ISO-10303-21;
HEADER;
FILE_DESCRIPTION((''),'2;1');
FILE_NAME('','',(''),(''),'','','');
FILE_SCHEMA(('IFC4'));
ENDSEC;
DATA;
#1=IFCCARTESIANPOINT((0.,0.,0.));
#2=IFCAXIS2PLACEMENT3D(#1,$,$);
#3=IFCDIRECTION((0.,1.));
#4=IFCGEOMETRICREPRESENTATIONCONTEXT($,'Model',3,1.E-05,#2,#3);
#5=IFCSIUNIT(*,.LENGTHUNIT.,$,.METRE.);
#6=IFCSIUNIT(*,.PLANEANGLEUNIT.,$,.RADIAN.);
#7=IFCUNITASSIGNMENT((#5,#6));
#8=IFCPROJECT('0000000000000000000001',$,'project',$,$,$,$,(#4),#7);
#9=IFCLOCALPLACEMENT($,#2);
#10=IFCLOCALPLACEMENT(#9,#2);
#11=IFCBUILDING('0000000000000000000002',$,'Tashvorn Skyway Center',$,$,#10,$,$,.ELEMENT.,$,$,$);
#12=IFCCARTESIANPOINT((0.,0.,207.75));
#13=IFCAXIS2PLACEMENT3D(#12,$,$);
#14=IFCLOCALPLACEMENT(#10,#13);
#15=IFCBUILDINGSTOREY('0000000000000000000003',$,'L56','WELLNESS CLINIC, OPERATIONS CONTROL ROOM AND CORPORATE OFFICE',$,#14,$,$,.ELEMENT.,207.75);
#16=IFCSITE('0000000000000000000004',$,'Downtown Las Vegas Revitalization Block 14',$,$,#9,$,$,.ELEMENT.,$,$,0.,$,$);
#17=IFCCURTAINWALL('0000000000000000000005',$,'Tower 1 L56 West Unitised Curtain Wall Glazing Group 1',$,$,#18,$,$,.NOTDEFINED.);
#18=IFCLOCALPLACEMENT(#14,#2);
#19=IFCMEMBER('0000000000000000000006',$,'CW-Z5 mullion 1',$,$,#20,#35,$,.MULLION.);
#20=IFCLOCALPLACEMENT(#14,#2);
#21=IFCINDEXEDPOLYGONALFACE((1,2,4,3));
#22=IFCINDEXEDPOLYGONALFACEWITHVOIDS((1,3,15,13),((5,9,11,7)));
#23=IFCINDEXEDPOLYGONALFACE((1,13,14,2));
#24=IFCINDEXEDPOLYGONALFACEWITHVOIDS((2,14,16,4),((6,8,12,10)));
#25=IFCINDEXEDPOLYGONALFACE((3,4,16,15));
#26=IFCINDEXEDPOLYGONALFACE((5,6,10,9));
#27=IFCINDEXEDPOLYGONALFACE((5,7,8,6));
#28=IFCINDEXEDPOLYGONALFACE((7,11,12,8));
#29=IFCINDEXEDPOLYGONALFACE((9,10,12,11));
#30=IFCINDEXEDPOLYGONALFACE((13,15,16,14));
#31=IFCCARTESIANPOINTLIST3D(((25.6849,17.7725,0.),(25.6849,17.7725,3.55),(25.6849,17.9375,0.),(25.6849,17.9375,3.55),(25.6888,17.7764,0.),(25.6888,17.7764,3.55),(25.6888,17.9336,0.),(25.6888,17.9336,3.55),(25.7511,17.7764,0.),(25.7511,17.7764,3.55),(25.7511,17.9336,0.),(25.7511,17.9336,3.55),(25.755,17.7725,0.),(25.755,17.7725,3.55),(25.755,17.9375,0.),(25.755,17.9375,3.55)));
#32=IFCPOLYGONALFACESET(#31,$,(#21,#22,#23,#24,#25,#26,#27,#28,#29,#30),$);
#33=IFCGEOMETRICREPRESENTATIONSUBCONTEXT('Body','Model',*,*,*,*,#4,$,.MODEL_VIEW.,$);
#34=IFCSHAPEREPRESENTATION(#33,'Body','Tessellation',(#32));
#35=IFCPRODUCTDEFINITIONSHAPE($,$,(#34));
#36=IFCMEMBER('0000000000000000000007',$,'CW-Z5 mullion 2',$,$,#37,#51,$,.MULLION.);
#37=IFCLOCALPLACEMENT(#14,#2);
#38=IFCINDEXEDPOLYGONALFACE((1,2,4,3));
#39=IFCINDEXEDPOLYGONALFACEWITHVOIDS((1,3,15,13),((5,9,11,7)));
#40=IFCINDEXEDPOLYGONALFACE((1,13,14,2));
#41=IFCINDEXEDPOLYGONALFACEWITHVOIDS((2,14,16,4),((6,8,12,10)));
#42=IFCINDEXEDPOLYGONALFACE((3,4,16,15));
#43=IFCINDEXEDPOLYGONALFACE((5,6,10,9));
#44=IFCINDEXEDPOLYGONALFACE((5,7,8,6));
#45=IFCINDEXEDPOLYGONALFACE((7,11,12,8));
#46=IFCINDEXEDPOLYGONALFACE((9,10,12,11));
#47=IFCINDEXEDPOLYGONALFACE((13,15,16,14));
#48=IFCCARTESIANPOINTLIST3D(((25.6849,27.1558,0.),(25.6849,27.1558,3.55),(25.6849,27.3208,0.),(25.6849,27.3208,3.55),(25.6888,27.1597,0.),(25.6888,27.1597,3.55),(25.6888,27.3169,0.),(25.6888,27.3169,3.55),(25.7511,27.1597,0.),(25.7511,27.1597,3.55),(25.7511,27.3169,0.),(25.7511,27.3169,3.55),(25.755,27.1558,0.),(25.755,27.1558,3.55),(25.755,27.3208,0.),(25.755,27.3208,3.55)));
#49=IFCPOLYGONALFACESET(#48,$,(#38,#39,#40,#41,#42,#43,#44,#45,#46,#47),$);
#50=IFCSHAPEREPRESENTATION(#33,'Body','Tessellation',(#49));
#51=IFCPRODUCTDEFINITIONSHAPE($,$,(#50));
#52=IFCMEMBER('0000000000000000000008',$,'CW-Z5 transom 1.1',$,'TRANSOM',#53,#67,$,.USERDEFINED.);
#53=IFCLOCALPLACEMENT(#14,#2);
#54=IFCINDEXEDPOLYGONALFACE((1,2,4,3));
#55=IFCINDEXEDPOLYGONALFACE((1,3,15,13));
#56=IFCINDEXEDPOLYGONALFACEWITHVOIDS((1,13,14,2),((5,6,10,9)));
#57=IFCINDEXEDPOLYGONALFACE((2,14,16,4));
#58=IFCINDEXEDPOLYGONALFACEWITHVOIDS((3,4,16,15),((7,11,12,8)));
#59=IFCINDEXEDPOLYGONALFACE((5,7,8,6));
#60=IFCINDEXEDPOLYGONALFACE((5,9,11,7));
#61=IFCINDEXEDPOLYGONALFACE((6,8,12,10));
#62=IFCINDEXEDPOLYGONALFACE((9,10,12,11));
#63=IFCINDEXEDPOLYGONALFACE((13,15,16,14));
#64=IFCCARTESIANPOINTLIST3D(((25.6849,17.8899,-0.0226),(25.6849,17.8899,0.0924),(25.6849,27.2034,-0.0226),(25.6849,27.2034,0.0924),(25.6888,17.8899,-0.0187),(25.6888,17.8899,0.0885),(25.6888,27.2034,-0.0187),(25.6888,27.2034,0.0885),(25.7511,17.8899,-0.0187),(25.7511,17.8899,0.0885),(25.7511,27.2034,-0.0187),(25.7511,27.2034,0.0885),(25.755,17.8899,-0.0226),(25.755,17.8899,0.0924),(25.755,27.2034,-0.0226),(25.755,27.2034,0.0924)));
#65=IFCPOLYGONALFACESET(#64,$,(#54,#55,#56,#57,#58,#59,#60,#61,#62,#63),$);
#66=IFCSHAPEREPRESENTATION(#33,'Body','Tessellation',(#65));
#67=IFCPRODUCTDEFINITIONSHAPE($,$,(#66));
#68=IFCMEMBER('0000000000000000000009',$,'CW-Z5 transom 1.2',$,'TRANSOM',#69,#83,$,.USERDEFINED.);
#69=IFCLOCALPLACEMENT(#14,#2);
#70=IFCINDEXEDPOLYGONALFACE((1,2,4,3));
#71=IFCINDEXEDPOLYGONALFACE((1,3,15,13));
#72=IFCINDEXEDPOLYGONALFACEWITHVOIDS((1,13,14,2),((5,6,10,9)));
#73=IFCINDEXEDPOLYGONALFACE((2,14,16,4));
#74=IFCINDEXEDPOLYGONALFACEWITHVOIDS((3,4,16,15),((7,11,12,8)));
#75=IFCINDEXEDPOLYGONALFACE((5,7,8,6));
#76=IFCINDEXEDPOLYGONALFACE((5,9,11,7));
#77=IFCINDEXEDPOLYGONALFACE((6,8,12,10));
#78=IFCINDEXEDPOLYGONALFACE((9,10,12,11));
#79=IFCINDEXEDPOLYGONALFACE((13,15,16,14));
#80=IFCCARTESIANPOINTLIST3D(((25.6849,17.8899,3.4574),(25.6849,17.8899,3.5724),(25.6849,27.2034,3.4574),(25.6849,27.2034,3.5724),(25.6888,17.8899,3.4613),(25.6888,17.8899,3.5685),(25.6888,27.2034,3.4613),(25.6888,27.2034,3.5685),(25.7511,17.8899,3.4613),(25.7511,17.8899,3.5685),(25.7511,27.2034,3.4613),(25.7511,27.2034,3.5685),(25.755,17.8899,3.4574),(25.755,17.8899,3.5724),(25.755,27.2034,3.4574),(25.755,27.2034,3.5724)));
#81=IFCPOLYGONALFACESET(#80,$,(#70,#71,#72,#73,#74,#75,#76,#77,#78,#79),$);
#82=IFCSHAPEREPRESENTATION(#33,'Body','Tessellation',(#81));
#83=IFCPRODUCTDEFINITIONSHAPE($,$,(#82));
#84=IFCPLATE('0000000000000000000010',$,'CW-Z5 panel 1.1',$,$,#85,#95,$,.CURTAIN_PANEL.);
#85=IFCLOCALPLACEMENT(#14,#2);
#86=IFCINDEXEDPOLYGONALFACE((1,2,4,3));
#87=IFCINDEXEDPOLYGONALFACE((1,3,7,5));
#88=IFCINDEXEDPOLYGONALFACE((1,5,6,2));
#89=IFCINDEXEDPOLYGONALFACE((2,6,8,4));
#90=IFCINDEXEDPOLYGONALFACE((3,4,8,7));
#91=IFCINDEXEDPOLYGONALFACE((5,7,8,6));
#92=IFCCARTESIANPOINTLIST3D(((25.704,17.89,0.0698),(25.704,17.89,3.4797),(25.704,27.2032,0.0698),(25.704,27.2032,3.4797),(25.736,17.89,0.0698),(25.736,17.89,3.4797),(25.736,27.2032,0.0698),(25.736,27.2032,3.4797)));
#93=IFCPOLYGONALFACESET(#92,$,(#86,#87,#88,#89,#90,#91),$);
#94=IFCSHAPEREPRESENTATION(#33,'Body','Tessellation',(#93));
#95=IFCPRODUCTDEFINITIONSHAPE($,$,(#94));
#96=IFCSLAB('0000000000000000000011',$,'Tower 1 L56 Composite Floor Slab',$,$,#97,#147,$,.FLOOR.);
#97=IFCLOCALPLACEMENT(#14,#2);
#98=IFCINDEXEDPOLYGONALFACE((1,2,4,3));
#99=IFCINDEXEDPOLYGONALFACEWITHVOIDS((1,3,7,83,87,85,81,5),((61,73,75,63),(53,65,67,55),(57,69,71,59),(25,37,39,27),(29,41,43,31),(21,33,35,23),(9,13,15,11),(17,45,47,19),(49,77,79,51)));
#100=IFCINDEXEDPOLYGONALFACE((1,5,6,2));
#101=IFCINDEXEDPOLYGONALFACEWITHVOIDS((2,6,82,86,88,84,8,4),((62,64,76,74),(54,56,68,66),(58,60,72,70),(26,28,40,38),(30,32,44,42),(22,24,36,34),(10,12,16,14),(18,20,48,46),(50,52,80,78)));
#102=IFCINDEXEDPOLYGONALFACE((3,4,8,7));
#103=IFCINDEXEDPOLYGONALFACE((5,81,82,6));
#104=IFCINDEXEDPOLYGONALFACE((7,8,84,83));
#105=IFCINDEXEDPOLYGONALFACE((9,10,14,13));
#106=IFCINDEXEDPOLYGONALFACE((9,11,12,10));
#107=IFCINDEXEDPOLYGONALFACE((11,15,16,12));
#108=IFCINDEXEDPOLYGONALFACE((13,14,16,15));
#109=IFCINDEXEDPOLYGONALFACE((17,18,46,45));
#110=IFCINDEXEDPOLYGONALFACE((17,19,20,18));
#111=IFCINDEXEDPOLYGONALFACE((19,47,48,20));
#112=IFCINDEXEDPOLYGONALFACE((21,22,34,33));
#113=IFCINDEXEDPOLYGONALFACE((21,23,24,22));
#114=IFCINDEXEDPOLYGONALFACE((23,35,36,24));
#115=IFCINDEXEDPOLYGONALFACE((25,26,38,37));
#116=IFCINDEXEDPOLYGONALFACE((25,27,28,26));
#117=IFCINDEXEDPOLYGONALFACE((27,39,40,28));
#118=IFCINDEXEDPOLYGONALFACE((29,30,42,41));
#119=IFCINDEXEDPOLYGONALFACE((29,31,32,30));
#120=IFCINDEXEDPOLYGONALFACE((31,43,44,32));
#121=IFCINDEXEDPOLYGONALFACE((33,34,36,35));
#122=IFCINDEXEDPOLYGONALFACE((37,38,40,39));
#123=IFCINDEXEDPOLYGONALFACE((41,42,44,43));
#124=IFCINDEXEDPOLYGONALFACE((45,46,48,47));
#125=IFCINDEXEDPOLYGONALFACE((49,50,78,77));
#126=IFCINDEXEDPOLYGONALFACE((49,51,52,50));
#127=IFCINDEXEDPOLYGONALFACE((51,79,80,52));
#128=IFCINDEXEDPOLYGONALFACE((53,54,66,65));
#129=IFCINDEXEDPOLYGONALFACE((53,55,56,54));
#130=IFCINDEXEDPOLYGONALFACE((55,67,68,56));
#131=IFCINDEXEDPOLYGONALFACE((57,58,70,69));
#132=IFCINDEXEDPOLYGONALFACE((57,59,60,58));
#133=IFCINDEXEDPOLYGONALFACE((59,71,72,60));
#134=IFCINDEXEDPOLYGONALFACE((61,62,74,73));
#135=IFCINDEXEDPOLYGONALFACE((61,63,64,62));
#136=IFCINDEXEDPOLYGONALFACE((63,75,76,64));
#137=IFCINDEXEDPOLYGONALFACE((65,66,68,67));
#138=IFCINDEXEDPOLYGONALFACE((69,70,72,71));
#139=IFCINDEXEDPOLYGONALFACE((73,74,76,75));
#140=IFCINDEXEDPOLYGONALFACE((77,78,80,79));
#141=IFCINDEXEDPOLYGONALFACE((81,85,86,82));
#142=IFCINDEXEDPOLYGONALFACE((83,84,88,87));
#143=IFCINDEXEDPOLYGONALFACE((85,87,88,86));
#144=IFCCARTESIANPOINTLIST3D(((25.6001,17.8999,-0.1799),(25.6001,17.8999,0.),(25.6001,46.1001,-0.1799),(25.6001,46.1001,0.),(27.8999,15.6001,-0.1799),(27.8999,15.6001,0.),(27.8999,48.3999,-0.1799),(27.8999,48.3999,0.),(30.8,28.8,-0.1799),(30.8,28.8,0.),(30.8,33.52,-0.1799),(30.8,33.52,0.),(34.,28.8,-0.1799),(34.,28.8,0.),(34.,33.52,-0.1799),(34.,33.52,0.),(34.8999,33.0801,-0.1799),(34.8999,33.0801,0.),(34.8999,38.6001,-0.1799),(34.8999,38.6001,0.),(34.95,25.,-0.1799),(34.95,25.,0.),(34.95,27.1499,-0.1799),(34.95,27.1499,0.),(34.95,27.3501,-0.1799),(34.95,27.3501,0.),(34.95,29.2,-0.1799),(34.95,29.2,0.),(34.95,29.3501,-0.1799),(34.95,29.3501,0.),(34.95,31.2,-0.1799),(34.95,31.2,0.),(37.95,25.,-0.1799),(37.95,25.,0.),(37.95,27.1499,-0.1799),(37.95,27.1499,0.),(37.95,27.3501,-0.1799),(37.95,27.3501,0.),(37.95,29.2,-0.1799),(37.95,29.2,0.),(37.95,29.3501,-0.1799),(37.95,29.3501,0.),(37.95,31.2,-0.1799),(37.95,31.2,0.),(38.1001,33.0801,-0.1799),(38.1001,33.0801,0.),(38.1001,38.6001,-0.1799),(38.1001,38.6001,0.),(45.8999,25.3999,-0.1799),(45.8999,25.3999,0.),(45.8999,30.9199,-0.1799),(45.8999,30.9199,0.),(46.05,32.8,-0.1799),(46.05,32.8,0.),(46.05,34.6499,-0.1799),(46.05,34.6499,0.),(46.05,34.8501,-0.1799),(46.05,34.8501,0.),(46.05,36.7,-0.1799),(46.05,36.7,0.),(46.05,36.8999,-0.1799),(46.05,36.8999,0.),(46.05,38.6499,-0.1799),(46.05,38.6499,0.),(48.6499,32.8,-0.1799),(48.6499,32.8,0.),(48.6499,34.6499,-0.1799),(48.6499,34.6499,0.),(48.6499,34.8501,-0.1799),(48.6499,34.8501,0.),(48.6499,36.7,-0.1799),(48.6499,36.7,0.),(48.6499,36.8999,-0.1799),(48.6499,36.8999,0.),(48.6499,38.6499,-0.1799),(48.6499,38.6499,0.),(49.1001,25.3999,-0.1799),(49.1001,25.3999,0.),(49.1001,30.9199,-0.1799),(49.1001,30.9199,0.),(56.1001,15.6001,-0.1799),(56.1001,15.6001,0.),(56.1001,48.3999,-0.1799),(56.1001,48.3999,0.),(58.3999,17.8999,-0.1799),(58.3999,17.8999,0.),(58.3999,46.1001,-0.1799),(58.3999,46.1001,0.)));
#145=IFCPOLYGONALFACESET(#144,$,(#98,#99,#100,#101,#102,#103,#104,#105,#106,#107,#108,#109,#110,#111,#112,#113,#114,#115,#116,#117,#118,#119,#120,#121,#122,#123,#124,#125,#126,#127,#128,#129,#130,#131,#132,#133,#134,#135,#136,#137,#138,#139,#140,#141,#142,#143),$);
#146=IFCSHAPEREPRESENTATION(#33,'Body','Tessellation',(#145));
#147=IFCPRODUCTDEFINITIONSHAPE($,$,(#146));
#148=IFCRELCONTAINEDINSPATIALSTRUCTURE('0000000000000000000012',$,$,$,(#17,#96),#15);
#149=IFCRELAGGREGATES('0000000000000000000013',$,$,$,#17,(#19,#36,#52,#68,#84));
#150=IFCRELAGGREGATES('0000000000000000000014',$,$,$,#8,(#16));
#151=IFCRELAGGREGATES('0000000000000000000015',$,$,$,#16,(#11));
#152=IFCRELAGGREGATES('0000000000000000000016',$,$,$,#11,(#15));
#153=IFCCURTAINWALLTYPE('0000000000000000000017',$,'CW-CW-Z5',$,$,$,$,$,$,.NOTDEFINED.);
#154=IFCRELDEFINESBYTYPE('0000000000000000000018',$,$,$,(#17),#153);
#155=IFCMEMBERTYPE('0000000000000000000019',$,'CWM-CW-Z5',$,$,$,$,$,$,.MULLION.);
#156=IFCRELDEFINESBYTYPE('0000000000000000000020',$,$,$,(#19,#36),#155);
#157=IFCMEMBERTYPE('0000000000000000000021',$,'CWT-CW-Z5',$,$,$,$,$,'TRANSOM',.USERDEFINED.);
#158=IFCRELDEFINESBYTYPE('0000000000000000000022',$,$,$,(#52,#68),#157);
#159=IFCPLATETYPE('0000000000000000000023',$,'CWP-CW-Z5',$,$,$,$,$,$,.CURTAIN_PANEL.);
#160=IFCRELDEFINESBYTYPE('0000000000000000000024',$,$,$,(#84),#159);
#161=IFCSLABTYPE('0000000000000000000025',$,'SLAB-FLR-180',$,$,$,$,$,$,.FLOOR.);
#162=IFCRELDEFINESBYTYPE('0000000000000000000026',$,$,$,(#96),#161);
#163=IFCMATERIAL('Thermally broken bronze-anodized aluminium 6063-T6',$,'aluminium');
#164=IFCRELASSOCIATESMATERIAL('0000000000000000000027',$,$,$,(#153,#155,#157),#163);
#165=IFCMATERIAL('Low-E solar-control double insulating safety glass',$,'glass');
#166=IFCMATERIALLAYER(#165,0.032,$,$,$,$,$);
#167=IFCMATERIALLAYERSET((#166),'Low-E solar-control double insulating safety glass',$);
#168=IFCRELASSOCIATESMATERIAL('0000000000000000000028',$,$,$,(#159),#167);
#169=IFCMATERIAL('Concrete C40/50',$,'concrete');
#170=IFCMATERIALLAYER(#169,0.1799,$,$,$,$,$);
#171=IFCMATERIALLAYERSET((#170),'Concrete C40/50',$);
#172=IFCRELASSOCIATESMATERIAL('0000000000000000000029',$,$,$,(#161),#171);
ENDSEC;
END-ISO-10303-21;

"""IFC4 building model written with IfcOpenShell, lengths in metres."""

from ifc_helpers import new_model, si_unit, direction, frame, origin, origin_2d, place, context, subcontext, project, spatial, polyline, rectangle, hollow_rectangle, outline, extrude, material, layer, layer_set, material_profile, profile_set, type_object, element, aggregate, save


model = new_model("IFC4")

# Units and contexts
model_context = context("Model", 3, precision=1e-05, world=origin(), true_north=direction((0.0, 1.0)))
body_context = subcontext(model_context, "Body", "Model", "MODEL_VIEW")
ifc_project = project(units=[si_unit("LENGTHUNIT", "METRE"), si_unit("PLANEANGLEUNIT", "RADIAN")], contexts=[model_context])

# Site, building, storey
site_placement = place(None, origin())
site = spatial("IfcSite", under=ifc_project, at=site_placement, Name="Downtown Las Vegas Revitalization Block 14", CompositionType="ELEMENT", RefElevation=0.0)
building_placement = place(site_placement, origin())
building = spatial("IfcBuilding", under=site, at=building_placement, Name="Tashvorn Skyway Center", CompositionType="ELEMENT")
storey_placement = place(building_placement, frame((0.0, 0.0, 207.75)))
storey = spatial("IfcBuildingStorey", under=building, at=storey_placement, Name="L56", Description="WELLNESS CLINIC, OPERATIONS CONTROL ROOM AND CORPORATE OFFICE", CompositionType="ELEMENT", Elevation=207.75)

# Curtain wall, members, plate
ifc_material_1 = material(Name="Thermally broken bronze-anodized aluminium 6063-T6", Category="aluminium")
curtain_wall_type = type_object("IfcCurtainWallType", Name="CW-CW-Z5", PredefinedType="NOTDEFINED", material=ifc_material_1)
curtain_wall_placement = place(storey_placement, origin())
curtain_wall = element("IfcCurtainWall", 1, at=curtain_wall_placement, inside=storey, type_object=curtain_wall_type, Name="Tower 1 L56 West Unitised Curtain Wall Glazing Group 1", PredefinedType="NOTDEFINED")
ifc_material_profile_1 = material_profile(ifc_material_1, hollow_rectangle(XDim=0.0701, YDim=0.165, WallThickness=0.0039, at=origin_2d()), Name="ALU-MULL-70x165")
ifc_profile_set_1 = profile_set([ifc_material_profile_1], Name="Thermally broken bronze-anodized aluminium 6063-T6")
member_type_1 = type_object("IfcMemberType", Name="CWM-CW-Z5", PredefinedType="MULLION", material=ifc_profile_set_1)
member_1_placement = place(storey_placement, frame((25.72, 17.855, 0.0), z_axis=(0.0, 0.0, 1.0), x_axis=(-1.0, 0.0, 0.0)))
member_1 = element("IfcMember", 2, at=member_1_placement, type_object=member_type_1, Name="CW-Z5 mullion 1", PredefinedType="MULLION", context=body_context, shape_type="SweptSolid", body=[
    extrude(hollow_rectangle(XDim=0.0701, YDim=0.165, WallThickness=0.0039, at=origin_2d()), origin(), (0.0, 0.0, 1.0), 3.55),
])
member_2_placement = place(storey_placement, frame((25.72, 27.2383, 0.0), z_axis=(0.0, 0.0, 1.0), x_axis=(-1.0, 0.0, 0.0)))
member_2 = element("IfcMember", 3, at=member_2_placement, type_object=member_type_1, Name="CW-Z5 mullion 2", PredefinedType="MULLION", context=body_context, shape_type="SweptSolid", body=[
    extrude(hollow_rectangle(XDim=0.0701, YDim=0.165, WallThickness=0.0039, at=origin_2d()), origin(), (0.0, 0.0, 1.0), 3.55),
])
ifc_material_profile_2 = material_profile(ifc_material_1, hollow_rectangle(XDim=0.0701, YDim=0.115, WallThickness=0.0039, at=origin_2d()), Name="ALU-TRAN-70x115")
ifc_profile_set_2 = profile_set([ifc_material_profile_2], Name="Thermally broken bronze-anodized aluminium 6063-T6")
member_type_2 = type_object("IfcMemberType", Name="CWT-CW-Z5", ElementType="TRANSOM", PredefinedType="USERDEFINED", material=ifc_profile_set_2)
member_3_placement = place(storey_placement, frame((25.72, 17.8899, 0.0349), z_axis=(0.0, 1.0, 0.0), x_axis=(-1.0, 0.0, 0.0)))
member_3 = element("IfcMember", 4, at=member_3_placement, type_object=member_type_2, Name="CW-Z5 transom 1.1", ObjectType="TRANSOM", PredefinedType="USERDEFINED", context=body_context, shape_type="SweptSolid", body=[
    extrude(hollow_rectangle(XDim=0.0701, YDim=0.115, WallThickness=0.0039, at=origin_2d()), origin(), (0.0, 0.0, 1.0), 9.3135),
])
member_4_placement = place(storey_placement, frame((25.72, 17.8899, 3.5149), z_axis=(0.0, 1.0, 0.0), x_axis=(-1.0, 0.0, 0.0)))
member_4 = element("IfcMember", 5, at=member_4_placement, type_object=member_type_2, Name="CW-Z5 transom 1.2", ObjectType="TRANSOM", PredefinedType="USERDEFINED", context=body_context, shape_type="SweptSolid", body=[
    extrude(hollow_rectangle(XDim=0.0701, YDim=0.115, WallThickness=0.0039, at=origin_2d()), origin(), (0.0, 0.0, 1.0), 9.3135),
])
ifc_material_2 = material(Name="Low-E solar-control double insulating safety glass", Category="glass")
ifc_layer_1 = layer(ifc_material_2, 0.032)
ifc_layer_set_1 = layer_set([ifc_layer_1], Name="Low-E solar-control double insulating safety glass")
plate_type = type_object("IfcPlateType", Name="CWP-CW-Z5", PredefinedType="CURTAIN_PANEL", material=ifc_layer_set_1)
plate_placement = place(storey_placement, frame((25.72, 22.5466, 0.0698), z_axis=(0.0, 0.0, 1.0), x_axis=(0.0, 1.0, 0.0)))
plate = element("IfcPlate", 6, at=plate_placement, type_object=plate_type, Name="CW-Z5 panel 1.1", PredefinedType="CURTAIN_PANEL", context=body_context, shape_type="SweptSolid", body=[
    extrude(rectangle(XDim=9.3132, YDim=0.032, at=origin_2d()), origin(), (0.0, 0.0, 1.0), 3.4099),
])
aggregate(curtain_wall, [member_1, member_2, member_3, member_4, plate])

# Slab
ifc_material_3 = material(Name="Concrete C40/50", Category="concrete")
ifc_layer_2 = layer(ifc_material_3, 0.1799)
ifc_layer_set_2 = layer_set([ifc_layer_2], Name="Concrete C40/50")
slab_type_1 = type_object("IfcSlabType", Name="SLAB-FLR-180", PredefinedType="FLOOR", material=ifc_layer_set_2)
slab_1_placement = place(storey_placement, frame((0.0, 0.0, -0.1799)))
element("IfcSlab", 7, at=slab_1_placement, inside=storey, type_object=slab_type_1, Name="Tower 1 L56 Composite Floor Slab", PredefinedType="FLOOR", context=body_context, shape_type="SweptSolid", body=[
    extrude(outline(polyline([(27.8999, 15.6001), (56.1001, 15.6001), (58.3999, 17.8999), (58.3999, 46.1001), (56.1001, 48.3999), (27.8999, 48.3999), (25.6001, 46.1001), (25.6001, 17.8999), (27.8999, 15.6001)]), holes=[polyline([(38.1001, 33.0801), (38.1001, 38.6001), (34.8999, 38.6001), (34.8999, 33.0801), (38.1001, 33.0801)]), polyline([(45.8999, 30.9199), (45.8999, 25.3999), (49.1001, 25.3999), (49.1001, 30.9199), (45.8999, 30.9199)]), polyline([(30.8, 33.52), (30.8, 28.8), (34.0, 28.8), (34.0, 33.52), (30.8, 33.52)]), polyline([(34.95, 29.3501), (37.95, 29.3501), (37.95, 31.2), (34.95, 31.2), (34.95, 29.3501)]), polyline([(34.95, 27.3501), (37.95, 27.3501), (37.95, 29.2), (34.95, 29.2), (34.95, 27.3501)]), polyline([(34.95, 25.0), (37.95, 25.0), (37.95, 27.1499), (34.95, 27.1499), (34.95, 25.0)]), polyline([(46.05, 32.8), (48.6499, 32.8), (48.6499, 34.6499), (46.05, 34.6499), (46.05, 32.8)]), polyline([(46.05, 34.8501), (48.6499, 34.8501), (48.6499, 36.7), (46.05, 36.7), (46.05, 34.8501)]), polyline([(46.05, 36.8999), (48.6499, 36.8999), (48.6499, 38.6499), (46.05, 38.6499), (46.05, 36.8999)])]), origin(), (0.0, 0.0, 1.0), 0.1799),
])

save(model, "model.ifc")
